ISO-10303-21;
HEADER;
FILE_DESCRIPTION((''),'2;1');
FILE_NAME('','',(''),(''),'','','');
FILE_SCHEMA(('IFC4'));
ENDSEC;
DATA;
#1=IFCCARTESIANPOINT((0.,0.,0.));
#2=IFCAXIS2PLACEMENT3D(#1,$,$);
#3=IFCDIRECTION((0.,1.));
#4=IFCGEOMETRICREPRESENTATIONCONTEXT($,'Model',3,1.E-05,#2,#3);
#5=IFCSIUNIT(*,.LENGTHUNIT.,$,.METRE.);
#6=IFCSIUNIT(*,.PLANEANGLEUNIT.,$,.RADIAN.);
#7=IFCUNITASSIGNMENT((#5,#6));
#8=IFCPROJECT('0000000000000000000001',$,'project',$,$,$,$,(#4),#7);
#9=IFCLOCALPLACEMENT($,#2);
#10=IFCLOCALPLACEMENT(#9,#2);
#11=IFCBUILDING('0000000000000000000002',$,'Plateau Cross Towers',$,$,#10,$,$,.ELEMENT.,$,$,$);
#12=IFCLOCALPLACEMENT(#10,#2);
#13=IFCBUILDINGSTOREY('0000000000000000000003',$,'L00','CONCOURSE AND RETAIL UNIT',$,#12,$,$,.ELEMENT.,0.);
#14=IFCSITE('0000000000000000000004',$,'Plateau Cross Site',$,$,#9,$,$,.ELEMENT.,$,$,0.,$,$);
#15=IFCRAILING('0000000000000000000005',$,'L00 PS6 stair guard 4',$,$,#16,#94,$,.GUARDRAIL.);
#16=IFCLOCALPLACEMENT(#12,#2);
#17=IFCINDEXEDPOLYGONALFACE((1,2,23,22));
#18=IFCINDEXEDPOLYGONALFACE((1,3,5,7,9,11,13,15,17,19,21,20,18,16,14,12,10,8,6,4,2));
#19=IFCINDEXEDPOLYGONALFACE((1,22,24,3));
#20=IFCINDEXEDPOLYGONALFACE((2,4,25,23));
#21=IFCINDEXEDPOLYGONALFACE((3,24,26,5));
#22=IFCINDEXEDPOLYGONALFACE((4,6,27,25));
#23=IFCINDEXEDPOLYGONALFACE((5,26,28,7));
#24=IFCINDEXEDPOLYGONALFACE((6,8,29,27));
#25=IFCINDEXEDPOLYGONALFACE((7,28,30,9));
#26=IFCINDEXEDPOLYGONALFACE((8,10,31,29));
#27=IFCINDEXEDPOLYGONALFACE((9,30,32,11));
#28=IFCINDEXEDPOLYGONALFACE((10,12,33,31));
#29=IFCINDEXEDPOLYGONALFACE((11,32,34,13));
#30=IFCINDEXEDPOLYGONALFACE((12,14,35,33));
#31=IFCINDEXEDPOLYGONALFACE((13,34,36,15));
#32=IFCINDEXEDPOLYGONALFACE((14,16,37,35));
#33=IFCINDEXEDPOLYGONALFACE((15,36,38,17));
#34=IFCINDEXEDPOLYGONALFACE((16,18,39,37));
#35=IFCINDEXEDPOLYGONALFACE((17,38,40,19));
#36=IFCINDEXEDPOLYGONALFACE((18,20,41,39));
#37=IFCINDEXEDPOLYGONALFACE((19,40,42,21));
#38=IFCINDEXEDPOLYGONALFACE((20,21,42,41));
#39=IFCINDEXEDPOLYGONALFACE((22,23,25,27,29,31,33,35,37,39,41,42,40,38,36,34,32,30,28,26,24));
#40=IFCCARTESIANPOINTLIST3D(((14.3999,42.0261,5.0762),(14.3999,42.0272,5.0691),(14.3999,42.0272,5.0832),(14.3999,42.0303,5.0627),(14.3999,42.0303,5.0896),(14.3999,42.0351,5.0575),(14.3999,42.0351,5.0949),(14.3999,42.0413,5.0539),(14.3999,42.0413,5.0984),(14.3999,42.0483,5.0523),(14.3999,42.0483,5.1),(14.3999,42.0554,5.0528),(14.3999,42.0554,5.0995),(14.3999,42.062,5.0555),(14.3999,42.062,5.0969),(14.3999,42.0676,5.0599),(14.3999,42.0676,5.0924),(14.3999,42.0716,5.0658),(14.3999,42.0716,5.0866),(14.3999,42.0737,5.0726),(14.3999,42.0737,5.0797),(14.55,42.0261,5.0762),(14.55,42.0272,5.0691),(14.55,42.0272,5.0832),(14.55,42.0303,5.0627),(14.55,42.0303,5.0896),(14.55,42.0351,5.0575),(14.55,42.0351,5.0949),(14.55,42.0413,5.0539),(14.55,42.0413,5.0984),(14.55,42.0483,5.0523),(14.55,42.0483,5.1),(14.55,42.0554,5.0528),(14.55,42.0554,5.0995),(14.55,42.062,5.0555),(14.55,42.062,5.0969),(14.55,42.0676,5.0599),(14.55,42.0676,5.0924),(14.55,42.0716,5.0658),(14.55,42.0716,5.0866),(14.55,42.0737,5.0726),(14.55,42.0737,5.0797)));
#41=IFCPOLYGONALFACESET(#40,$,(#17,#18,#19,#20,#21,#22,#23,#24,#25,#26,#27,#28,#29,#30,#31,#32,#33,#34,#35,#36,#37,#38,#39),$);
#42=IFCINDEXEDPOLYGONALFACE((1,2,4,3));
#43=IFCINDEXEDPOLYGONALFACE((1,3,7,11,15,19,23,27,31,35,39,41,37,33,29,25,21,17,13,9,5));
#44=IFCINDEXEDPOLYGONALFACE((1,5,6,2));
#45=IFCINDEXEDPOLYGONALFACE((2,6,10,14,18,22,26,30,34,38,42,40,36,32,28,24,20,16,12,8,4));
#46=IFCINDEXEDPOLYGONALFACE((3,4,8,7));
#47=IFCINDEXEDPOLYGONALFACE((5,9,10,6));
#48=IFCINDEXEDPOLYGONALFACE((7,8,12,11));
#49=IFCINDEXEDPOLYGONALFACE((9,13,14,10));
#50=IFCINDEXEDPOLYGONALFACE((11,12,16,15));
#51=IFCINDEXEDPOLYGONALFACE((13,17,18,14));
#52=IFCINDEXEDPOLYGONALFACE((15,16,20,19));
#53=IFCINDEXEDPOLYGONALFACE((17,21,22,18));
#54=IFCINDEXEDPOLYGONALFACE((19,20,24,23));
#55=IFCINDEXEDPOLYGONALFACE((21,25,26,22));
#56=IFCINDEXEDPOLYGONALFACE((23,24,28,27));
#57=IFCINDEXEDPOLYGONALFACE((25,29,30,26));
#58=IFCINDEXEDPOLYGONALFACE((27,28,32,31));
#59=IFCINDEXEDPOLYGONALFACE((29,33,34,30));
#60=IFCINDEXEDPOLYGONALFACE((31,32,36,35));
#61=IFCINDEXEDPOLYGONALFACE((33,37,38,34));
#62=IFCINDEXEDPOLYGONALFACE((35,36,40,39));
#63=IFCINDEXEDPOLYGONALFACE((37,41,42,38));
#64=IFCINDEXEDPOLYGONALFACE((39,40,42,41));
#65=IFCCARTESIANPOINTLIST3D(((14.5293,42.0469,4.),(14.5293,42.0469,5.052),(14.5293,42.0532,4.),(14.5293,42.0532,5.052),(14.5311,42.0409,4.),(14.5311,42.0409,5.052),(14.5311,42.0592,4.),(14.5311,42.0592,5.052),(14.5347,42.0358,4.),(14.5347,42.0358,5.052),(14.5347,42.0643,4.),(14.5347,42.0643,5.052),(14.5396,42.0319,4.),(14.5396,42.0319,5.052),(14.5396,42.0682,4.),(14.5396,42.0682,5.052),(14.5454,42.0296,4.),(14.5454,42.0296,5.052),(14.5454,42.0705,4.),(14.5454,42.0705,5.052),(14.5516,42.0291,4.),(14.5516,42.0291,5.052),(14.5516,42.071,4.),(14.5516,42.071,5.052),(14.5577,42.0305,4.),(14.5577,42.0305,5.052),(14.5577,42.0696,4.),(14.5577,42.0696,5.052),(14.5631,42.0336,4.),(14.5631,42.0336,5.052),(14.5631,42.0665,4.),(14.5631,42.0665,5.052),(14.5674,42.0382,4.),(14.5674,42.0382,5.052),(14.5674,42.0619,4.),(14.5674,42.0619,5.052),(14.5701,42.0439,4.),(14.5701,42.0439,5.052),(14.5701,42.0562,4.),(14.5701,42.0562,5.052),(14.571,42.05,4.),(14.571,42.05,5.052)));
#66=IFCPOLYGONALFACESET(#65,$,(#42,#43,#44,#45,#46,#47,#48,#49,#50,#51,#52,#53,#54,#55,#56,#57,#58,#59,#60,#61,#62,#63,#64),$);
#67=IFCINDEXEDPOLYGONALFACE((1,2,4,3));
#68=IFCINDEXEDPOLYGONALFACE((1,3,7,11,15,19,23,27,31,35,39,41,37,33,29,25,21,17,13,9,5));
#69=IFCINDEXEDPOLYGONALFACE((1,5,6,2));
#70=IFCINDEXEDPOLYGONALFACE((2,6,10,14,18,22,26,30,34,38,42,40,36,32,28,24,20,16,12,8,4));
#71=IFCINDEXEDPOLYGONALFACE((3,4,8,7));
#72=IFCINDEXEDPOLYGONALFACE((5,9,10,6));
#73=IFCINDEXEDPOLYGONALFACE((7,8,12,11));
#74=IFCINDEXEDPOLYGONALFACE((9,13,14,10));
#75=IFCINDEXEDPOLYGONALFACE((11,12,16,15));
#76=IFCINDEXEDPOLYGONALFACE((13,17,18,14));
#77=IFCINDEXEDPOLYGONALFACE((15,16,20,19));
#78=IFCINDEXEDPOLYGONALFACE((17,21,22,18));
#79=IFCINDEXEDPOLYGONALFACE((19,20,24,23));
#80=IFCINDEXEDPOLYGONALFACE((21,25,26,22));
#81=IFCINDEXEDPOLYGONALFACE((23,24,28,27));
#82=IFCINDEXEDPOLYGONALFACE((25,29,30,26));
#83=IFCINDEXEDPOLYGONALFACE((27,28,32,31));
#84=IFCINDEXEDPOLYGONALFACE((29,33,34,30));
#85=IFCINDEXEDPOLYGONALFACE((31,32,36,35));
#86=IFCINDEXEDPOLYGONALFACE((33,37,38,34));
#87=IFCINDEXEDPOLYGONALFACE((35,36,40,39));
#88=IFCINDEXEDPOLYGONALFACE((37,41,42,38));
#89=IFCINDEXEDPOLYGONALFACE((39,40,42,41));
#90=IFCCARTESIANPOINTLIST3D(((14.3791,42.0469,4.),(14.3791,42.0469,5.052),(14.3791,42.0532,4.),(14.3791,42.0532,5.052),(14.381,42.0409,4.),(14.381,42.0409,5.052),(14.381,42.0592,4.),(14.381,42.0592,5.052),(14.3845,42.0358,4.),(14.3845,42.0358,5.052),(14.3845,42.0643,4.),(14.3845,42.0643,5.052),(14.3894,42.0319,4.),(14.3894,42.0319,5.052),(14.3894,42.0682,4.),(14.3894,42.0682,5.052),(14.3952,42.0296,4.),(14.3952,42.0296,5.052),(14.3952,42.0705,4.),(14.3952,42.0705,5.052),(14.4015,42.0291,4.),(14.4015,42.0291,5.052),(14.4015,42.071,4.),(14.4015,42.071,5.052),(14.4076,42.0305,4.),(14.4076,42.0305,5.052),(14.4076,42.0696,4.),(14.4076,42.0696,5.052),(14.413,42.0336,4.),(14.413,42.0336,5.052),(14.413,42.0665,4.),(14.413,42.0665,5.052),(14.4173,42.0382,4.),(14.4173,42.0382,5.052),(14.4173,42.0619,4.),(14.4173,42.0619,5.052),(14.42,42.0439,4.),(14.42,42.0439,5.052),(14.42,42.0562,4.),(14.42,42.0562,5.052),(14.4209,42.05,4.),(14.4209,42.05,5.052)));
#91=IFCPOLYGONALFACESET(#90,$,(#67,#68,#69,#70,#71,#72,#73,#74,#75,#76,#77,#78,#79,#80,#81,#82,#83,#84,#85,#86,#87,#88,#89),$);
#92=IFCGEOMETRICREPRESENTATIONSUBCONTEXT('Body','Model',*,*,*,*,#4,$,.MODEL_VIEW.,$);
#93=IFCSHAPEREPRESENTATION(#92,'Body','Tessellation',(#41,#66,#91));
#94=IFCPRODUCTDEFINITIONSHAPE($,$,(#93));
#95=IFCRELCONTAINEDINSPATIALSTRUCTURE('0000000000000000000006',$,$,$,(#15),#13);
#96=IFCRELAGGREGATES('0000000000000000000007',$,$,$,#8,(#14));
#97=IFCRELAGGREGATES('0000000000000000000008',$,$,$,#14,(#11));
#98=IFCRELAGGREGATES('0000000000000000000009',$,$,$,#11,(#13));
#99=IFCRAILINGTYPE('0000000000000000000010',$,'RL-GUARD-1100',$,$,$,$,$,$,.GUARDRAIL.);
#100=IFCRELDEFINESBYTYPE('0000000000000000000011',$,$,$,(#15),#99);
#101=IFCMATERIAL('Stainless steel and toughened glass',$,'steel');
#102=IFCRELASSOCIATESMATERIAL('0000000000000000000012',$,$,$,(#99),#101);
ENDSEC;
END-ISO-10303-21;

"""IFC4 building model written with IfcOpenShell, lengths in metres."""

from ifc_helpers import new_model, si_unit, direction, frame, origin, origin_2d, place, context, subcontext, project, spatial, circle, extrude, material, type_object, element, save


model = new_model("IFC4")

# Units and contexts
model_context = context("Model", 3, precision=1e-05, world=origin(), true_north=direction((0.0, 1.0)))
body_context = subcontext(model_context, "Body", "Model", "MODEL_VIEW")
ifc_project = project(units=[si_unit("LENGTHUNIT", "METRE"), si_unit("PLANEANGLEUNIT", "RADIAN")], contexts=[model_context])

# Site, building, storey
site_placement = place(None, origin())
site = spatial("IfcSite", under=ifc_project, at=site_placement, Name="Plateau Cross Site", CompositionType="ELEMENT", RefElevation=0.0)
building_placement = place(site_placement, origin())
building = spatial("IfcBuilding", under=site, at=building_placement, Name="Plateau Cross Towers", CompositionType="ELEMENT")
storey_placement = place(building_placement, origin())
storey = spatial("IfcBuildingStorey", under=building, at=storey_placement, Name="L00", Description="CONCOURSE AND RETAIL UNIT", CompositionType="ELEMENT", Elevation=0.0)

# Railing
ifc_material_1 = material(Name="Stainless steel and toughened glass", Category="steel")
railing_type_1 = type_object("IfcRailingType", Name="RL-GUARD-1100", PredefinedType="GUARDRAIL", material=ifc_material_1)
railing_1_placement = place(storey_placement, frame((14.55, 42.05, 4.0)))
element("IfcRailing", 1, at=railing_1_placement, inside=storey, type_object=railing_type_1, Name="L00 PS6 stair guard 4", PredefinedType="GUARDRAIL", context=body_context, shape_type="SweptSolid", body=[
    extrude(circle(Radius=0.0239, at=origin_2d()), frame((0.0, 0.0, 1.0762), z_axis=(-1.0, 0.0, 0.0), x_axis=(0.0, -1.0, 0.0)), (0.0, 0.0, 1.0), 0.1501),
    extrude(circle(Radius=0.021, at=origin_2d()), origin(), (0.0, 0.0, 1.0), 1.052),
    extrude(circle(Radius=0.021, at=origin_2d()), frame((-0.1501, 0.0, 0.0)), (0.0, 0.0, 1.0), 1.052),
])

save(model, "model.ifc")
